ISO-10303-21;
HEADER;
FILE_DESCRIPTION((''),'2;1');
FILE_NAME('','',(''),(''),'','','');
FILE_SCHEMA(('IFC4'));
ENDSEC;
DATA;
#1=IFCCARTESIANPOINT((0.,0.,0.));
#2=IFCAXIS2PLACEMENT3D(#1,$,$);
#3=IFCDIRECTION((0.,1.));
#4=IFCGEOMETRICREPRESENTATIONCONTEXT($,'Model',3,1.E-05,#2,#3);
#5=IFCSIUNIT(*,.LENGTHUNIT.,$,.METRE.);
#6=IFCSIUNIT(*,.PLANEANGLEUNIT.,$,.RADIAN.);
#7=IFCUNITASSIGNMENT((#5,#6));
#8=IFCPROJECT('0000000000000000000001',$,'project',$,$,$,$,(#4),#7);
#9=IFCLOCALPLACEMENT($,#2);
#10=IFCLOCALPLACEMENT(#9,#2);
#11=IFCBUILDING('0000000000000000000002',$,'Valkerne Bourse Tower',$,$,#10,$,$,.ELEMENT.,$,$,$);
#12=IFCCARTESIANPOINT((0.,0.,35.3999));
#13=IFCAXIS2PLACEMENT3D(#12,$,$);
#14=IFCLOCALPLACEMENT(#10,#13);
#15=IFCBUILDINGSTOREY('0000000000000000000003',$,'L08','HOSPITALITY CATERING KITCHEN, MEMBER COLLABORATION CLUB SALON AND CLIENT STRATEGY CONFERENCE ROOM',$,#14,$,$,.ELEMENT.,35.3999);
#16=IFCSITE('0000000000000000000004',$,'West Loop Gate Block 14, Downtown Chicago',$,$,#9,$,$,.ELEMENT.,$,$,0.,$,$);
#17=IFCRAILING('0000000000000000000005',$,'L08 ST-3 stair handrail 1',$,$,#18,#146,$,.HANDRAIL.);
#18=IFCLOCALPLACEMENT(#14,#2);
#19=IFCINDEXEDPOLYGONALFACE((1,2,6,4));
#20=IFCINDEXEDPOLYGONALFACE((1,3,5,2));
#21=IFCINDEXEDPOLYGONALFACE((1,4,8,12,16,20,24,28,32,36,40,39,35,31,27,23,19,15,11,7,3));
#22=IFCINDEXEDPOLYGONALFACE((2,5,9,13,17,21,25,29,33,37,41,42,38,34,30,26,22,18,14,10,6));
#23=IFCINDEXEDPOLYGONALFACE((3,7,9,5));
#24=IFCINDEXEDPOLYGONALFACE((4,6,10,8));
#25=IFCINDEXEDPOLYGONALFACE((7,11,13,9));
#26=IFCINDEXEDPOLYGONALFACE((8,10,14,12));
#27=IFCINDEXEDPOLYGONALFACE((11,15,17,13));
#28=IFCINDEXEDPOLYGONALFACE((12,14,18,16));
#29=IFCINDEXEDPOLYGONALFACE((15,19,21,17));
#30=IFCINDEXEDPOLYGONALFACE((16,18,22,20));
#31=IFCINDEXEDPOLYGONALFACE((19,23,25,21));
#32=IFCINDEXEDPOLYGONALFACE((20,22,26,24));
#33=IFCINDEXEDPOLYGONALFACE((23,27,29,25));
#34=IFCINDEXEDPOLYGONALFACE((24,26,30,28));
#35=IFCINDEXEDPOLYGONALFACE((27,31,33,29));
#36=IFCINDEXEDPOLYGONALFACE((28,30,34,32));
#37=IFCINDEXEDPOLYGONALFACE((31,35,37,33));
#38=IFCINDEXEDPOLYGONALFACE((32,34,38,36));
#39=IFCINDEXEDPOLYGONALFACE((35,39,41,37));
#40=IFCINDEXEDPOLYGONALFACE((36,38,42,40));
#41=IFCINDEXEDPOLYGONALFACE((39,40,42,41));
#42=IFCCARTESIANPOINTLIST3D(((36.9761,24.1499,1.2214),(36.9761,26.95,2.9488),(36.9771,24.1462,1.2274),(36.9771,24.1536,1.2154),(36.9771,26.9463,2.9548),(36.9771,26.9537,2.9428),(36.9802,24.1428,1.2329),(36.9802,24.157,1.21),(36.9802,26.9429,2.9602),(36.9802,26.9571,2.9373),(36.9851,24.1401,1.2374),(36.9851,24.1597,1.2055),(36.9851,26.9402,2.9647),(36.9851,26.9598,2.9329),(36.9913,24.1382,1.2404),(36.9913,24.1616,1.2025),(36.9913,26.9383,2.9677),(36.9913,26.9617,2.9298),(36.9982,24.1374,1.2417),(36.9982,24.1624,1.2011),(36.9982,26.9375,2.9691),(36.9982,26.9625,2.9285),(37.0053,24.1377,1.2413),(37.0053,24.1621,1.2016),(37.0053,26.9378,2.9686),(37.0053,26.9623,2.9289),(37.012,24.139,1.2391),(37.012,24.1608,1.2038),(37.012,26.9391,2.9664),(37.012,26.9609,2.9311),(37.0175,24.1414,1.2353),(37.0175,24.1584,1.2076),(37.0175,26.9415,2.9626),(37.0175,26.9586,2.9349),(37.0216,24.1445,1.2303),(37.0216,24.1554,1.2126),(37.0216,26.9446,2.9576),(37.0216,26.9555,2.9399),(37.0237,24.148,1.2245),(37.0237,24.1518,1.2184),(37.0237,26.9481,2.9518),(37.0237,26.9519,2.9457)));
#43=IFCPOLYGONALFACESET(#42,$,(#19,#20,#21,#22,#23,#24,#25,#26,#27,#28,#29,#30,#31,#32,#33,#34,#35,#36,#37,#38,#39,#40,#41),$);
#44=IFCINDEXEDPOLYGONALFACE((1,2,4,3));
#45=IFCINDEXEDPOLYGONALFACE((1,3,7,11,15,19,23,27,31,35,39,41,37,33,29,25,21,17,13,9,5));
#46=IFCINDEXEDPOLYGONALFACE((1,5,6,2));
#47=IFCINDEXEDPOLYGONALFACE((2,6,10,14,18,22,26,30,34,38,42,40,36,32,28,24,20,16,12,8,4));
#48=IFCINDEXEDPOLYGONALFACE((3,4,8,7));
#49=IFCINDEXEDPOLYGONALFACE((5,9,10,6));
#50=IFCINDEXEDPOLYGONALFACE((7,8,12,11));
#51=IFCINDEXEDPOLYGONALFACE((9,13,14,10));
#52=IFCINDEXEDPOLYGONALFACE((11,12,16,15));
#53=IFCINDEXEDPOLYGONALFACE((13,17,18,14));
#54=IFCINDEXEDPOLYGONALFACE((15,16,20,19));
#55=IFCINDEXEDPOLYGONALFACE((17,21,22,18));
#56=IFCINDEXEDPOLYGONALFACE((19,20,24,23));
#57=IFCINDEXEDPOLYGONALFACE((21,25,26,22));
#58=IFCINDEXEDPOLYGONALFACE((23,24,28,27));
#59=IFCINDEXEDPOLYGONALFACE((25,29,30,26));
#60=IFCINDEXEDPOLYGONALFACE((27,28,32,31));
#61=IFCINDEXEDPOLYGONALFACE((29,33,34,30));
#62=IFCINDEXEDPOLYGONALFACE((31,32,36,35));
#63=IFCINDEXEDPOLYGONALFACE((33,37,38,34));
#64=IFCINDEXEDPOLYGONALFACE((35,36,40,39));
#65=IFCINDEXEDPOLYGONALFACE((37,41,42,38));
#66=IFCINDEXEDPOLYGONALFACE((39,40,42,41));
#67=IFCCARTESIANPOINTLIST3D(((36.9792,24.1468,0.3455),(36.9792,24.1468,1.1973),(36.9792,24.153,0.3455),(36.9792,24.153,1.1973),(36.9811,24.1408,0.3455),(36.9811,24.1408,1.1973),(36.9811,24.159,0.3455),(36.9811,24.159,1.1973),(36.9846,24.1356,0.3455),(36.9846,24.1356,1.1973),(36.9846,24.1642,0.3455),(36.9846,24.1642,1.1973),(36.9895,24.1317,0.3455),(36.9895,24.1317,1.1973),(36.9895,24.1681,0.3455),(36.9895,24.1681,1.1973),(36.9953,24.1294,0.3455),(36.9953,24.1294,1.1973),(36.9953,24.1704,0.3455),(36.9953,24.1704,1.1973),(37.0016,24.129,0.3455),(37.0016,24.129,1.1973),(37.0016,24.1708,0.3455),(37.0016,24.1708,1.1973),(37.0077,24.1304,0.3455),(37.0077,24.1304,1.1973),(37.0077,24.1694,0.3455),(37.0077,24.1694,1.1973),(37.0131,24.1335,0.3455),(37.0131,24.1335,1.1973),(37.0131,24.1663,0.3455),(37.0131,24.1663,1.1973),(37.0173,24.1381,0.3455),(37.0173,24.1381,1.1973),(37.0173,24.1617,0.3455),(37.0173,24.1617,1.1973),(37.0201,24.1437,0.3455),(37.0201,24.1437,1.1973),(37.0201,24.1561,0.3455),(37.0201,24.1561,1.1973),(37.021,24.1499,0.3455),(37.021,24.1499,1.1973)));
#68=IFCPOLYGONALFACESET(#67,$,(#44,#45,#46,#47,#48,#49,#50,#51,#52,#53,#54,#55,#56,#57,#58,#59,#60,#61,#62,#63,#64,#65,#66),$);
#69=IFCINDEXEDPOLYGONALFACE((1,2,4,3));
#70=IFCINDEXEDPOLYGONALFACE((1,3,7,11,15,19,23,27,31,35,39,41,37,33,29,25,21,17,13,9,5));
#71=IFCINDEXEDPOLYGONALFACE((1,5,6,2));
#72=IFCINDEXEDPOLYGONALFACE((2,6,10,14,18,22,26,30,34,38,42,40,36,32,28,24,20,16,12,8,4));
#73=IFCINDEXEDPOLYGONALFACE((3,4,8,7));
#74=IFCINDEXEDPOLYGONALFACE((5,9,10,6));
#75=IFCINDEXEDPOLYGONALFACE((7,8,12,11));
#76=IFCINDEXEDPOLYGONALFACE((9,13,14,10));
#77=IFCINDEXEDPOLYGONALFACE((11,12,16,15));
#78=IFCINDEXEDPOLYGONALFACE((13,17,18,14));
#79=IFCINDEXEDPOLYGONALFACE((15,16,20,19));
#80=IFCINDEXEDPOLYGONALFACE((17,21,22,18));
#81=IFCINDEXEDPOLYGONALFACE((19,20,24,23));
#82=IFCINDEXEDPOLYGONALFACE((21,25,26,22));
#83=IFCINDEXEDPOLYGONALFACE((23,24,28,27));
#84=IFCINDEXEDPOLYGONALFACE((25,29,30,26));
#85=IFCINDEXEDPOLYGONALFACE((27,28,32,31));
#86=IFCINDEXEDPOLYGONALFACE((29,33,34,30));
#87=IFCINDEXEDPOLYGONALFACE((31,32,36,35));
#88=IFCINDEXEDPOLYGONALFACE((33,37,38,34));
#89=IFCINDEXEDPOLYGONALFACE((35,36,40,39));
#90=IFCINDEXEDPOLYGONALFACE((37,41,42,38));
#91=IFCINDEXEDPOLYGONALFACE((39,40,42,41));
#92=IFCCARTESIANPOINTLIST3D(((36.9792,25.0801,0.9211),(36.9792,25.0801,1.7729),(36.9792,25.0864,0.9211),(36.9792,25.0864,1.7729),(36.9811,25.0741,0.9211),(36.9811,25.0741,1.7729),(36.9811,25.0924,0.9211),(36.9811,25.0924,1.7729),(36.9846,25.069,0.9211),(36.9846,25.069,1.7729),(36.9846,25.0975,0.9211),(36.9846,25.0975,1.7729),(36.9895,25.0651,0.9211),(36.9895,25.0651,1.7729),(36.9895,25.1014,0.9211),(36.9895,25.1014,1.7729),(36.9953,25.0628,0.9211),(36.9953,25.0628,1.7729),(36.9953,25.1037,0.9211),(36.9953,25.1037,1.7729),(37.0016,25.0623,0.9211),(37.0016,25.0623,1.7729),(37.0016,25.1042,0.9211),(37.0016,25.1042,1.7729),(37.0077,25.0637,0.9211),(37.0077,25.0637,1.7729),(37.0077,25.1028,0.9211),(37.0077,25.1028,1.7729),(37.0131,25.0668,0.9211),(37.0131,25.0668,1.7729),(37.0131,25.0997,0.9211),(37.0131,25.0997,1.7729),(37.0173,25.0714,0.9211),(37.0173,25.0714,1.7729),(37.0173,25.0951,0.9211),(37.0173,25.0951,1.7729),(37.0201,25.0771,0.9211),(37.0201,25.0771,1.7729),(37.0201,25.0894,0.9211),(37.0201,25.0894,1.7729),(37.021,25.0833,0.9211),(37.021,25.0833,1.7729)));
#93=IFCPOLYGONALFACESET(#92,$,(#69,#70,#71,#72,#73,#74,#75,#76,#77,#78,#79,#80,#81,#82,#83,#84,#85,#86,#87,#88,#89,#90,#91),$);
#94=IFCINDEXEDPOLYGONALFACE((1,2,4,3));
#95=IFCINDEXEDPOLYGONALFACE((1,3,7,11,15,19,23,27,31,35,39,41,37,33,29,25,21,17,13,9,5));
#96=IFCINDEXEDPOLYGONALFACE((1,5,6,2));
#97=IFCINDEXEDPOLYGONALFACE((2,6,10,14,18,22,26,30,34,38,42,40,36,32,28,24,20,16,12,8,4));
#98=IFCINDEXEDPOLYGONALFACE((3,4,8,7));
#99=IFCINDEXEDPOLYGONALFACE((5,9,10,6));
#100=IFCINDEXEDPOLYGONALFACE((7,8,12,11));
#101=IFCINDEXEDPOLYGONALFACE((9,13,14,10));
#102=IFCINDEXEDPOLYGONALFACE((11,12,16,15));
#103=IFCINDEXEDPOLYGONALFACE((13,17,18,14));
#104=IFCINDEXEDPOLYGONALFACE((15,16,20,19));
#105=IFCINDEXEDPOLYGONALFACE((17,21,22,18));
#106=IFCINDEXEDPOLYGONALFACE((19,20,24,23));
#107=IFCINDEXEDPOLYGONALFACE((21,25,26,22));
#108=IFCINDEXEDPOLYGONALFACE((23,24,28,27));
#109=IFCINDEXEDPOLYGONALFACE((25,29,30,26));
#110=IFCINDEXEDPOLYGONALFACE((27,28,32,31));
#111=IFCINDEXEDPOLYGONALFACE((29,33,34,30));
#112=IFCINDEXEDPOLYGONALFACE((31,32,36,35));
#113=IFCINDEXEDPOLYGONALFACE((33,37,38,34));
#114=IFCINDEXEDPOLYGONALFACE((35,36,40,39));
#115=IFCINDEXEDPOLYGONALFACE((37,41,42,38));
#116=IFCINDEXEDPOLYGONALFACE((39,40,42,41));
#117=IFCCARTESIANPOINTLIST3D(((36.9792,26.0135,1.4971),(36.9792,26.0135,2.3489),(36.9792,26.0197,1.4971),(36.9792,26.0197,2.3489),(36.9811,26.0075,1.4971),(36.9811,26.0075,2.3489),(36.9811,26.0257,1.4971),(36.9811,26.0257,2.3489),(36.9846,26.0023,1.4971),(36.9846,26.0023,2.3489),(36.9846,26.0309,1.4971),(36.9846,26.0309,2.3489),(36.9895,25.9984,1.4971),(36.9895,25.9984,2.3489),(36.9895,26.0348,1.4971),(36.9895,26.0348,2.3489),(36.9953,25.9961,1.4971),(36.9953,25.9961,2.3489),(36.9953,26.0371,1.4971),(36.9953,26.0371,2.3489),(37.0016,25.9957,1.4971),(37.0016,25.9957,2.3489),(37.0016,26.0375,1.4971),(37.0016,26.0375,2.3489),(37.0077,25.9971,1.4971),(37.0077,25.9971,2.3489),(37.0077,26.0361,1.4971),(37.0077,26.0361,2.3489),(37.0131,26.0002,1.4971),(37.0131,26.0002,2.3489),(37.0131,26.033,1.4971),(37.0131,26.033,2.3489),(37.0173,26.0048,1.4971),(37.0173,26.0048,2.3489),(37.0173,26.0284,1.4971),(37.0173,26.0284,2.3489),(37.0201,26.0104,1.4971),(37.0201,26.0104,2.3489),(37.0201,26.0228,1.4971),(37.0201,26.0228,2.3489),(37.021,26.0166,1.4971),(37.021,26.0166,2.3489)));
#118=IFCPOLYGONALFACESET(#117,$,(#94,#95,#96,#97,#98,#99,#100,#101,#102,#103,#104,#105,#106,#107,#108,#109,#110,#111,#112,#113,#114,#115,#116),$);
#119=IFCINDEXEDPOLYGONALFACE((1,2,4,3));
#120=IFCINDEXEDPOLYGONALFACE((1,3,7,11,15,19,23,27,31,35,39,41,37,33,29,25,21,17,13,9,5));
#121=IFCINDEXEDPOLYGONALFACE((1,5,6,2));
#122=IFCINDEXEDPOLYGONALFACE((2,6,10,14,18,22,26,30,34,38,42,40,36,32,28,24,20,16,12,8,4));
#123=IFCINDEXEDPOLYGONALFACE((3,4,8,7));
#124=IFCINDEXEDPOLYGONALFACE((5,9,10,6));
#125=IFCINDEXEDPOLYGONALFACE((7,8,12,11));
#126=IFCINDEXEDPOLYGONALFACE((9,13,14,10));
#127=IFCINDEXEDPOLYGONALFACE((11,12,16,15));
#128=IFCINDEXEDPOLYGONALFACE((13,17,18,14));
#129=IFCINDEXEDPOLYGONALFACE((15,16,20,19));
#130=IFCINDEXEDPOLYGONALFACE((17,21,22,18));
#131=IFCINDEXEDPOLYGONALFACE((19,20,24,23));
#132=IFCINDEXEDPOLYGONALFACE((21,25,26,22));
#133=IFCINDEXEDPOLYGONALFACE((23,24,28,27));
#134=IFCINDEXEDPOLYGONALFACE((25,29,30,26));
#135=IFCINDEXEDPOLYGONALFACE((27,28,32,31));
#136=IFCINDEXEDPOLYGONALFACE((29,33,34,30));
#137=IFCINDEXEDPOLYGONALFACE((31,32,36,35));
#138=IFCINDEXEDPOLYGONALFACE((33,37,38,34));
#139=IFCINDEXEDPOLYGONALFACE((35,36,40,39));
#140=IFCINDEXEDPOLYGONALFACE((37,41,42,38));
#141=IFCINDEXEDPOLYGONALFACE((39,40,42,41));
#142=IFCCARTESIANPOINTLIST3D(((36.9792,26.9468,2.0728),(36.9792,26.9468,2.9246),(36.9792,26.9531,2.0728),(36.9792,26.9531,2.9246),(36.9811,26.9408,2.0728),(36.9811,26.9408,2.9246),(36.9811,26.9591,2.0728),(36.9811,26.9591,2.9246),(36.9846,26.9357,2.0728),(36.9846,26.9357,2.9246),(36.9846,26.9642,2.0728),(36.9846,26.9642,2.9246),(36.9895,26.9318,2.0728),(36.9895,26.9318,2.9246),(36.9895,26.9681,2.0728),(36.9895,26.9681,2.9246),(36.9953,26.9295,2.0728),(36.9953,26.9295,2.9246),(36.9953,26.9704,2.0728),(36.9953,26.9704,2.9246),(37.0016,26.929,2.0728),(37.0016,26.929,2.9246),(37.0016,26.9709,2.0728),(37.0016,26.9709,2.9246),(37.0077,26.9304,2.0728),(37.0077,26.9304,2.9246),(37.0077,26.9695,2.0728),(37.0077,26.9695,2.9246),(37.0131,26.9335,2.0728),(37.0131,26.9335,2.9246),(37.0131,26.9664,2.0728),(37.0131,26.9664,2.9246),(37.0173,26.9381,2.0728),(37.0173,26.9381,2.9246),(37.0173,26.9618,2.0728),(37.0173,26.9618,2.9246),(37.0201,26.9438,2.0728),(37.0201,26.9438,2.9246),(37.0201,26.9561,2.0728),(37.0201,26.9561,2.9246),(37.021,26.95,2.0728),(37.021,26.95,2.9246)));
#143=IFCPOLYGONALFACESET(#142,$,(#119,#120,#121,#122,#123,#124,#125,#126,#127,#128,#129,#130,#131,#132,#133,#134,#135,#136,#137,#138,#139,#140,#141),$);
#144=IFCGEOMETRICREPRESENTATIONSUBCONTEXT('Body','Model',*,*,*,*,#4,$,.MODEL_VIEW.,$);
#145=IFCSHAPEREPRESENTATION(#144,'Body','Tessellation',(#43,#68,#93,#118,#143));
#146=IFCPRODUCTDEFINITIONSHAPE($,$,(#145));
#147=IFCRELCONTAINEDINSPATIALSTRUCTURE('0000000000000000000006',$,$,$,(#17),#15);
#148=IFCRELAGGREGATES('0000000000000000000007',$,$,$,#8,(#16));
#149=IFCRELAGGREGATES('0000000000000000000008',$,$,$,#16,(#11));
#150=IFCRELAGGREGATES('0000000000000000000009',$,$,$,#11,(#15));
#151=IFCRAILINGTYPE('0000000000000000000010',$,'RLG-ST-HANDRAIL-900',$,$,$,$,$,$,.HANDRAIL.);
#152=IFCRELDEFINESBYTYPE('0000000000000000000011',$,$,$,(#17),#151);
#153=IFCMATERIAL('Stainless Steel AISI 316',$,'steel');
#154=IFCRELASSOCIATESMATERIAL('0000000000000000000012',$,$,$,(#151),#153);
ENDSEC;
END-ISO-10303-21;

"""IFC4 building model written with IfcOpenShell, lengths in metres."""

from ifc_helpers import new_model, si_unit, direction, frame, origin, origin_2d, place, context, subcontext, project, spatial, circle, extrude, material, type_object, element, save


model = new_model("IFC4")

# Units and contexts
model_context = context("Model", 3, precision=1e-05, world=origin(), true_north=direction((0.0, 1.0)))
body_context = subcontext(model_context, "Body", "Model", "MODEL_VIEW")
ifc_project = project(units=[si_unit("LENGTHUNIT", "METRE"), si_unit("PLANEANGLEUNIT", "RADIAN")], contexts=[model_context])

# Site, building, storey
site_placement = place(None, origin())
site = spatial("IfcSite", under=ifc_project, at=site_placement, Name="West Loop Gate Block 14, Downtown Chicago", CompositionType="ELEMENT", RefElevation=0.0)
building_placement = place(site_placement, origin())
building = spatial("IfcBuilding", under=site, at=building_placement, Name="Valkerne Bourse Tower", CompositionType="ELEMENT")
storey_placement = place(building_placement, frame((0.0, 0.0, 35.3999)))
storey = spatial("IfcBuildingStorey", under=building, at=storey_placement, Name="L08", Description="HOSPITALITY CATERING KITCHEN, MEMBER COLLABORATION CLUB SALON AND CLIENT STRATEGY CONFERENCE ROOM", CompositionType="ELEMENT", Elevation=35.3999)

# Shared definitions
ifc_material_1 = material(Name="Stainless Steel AISI 316", Category="steel")

# Railing
railing_type_1 = type_object("IfcRailingType", Name="RLG-ST-HANDRAIL-900", PredefinedType="HANDRAIL", material=ifc_material_1)
railing_1_placement = place(storey_placement, frame((37.0, 24.1499, 0.3455)))
element("IfcRailing", 1, at=railing_1_placement, inside=storey, type_object=railing_type_1, Name="L08 ST-3 stair handrail 1", PredefinedType="HANDRAIL", context=body_context, shape_type="SweptSolid", body=[
    extrude(circle(Radius=0.0239, at=origin_2d()), frame((0.0, 0.0, 0.876), z_axis=(0.0, 0.85109, 0.52502), x_axis=(-1.0, 0.0, 0.0)), (0.0, 0.0, 1.0), 3.29),
    extrude(circle(Radius=0.021, at=origin_2d()), origin(), (0.0, 0.0, 1.0), 0.8518),
    extrude(circle(Radius=0.021, at=origin_2d()), frame((0.0, 0.9333, 0.5757)), (0.0, 0.0, 1.0), 0.8518),
    extrude(circle(Radius=0.021, at=origin_2d()), frame((0.0, 1.8667, 1.1516)), (0.0, 0.0, 1.0), 0.8518),
    extrude(circle(Radius=0.021, at=origin_2d()), frame((0.0, 2.8, 1.7273)), (0.0, 0.0, 1.0), 0.8518),
])

save(model, "model.ifc")
